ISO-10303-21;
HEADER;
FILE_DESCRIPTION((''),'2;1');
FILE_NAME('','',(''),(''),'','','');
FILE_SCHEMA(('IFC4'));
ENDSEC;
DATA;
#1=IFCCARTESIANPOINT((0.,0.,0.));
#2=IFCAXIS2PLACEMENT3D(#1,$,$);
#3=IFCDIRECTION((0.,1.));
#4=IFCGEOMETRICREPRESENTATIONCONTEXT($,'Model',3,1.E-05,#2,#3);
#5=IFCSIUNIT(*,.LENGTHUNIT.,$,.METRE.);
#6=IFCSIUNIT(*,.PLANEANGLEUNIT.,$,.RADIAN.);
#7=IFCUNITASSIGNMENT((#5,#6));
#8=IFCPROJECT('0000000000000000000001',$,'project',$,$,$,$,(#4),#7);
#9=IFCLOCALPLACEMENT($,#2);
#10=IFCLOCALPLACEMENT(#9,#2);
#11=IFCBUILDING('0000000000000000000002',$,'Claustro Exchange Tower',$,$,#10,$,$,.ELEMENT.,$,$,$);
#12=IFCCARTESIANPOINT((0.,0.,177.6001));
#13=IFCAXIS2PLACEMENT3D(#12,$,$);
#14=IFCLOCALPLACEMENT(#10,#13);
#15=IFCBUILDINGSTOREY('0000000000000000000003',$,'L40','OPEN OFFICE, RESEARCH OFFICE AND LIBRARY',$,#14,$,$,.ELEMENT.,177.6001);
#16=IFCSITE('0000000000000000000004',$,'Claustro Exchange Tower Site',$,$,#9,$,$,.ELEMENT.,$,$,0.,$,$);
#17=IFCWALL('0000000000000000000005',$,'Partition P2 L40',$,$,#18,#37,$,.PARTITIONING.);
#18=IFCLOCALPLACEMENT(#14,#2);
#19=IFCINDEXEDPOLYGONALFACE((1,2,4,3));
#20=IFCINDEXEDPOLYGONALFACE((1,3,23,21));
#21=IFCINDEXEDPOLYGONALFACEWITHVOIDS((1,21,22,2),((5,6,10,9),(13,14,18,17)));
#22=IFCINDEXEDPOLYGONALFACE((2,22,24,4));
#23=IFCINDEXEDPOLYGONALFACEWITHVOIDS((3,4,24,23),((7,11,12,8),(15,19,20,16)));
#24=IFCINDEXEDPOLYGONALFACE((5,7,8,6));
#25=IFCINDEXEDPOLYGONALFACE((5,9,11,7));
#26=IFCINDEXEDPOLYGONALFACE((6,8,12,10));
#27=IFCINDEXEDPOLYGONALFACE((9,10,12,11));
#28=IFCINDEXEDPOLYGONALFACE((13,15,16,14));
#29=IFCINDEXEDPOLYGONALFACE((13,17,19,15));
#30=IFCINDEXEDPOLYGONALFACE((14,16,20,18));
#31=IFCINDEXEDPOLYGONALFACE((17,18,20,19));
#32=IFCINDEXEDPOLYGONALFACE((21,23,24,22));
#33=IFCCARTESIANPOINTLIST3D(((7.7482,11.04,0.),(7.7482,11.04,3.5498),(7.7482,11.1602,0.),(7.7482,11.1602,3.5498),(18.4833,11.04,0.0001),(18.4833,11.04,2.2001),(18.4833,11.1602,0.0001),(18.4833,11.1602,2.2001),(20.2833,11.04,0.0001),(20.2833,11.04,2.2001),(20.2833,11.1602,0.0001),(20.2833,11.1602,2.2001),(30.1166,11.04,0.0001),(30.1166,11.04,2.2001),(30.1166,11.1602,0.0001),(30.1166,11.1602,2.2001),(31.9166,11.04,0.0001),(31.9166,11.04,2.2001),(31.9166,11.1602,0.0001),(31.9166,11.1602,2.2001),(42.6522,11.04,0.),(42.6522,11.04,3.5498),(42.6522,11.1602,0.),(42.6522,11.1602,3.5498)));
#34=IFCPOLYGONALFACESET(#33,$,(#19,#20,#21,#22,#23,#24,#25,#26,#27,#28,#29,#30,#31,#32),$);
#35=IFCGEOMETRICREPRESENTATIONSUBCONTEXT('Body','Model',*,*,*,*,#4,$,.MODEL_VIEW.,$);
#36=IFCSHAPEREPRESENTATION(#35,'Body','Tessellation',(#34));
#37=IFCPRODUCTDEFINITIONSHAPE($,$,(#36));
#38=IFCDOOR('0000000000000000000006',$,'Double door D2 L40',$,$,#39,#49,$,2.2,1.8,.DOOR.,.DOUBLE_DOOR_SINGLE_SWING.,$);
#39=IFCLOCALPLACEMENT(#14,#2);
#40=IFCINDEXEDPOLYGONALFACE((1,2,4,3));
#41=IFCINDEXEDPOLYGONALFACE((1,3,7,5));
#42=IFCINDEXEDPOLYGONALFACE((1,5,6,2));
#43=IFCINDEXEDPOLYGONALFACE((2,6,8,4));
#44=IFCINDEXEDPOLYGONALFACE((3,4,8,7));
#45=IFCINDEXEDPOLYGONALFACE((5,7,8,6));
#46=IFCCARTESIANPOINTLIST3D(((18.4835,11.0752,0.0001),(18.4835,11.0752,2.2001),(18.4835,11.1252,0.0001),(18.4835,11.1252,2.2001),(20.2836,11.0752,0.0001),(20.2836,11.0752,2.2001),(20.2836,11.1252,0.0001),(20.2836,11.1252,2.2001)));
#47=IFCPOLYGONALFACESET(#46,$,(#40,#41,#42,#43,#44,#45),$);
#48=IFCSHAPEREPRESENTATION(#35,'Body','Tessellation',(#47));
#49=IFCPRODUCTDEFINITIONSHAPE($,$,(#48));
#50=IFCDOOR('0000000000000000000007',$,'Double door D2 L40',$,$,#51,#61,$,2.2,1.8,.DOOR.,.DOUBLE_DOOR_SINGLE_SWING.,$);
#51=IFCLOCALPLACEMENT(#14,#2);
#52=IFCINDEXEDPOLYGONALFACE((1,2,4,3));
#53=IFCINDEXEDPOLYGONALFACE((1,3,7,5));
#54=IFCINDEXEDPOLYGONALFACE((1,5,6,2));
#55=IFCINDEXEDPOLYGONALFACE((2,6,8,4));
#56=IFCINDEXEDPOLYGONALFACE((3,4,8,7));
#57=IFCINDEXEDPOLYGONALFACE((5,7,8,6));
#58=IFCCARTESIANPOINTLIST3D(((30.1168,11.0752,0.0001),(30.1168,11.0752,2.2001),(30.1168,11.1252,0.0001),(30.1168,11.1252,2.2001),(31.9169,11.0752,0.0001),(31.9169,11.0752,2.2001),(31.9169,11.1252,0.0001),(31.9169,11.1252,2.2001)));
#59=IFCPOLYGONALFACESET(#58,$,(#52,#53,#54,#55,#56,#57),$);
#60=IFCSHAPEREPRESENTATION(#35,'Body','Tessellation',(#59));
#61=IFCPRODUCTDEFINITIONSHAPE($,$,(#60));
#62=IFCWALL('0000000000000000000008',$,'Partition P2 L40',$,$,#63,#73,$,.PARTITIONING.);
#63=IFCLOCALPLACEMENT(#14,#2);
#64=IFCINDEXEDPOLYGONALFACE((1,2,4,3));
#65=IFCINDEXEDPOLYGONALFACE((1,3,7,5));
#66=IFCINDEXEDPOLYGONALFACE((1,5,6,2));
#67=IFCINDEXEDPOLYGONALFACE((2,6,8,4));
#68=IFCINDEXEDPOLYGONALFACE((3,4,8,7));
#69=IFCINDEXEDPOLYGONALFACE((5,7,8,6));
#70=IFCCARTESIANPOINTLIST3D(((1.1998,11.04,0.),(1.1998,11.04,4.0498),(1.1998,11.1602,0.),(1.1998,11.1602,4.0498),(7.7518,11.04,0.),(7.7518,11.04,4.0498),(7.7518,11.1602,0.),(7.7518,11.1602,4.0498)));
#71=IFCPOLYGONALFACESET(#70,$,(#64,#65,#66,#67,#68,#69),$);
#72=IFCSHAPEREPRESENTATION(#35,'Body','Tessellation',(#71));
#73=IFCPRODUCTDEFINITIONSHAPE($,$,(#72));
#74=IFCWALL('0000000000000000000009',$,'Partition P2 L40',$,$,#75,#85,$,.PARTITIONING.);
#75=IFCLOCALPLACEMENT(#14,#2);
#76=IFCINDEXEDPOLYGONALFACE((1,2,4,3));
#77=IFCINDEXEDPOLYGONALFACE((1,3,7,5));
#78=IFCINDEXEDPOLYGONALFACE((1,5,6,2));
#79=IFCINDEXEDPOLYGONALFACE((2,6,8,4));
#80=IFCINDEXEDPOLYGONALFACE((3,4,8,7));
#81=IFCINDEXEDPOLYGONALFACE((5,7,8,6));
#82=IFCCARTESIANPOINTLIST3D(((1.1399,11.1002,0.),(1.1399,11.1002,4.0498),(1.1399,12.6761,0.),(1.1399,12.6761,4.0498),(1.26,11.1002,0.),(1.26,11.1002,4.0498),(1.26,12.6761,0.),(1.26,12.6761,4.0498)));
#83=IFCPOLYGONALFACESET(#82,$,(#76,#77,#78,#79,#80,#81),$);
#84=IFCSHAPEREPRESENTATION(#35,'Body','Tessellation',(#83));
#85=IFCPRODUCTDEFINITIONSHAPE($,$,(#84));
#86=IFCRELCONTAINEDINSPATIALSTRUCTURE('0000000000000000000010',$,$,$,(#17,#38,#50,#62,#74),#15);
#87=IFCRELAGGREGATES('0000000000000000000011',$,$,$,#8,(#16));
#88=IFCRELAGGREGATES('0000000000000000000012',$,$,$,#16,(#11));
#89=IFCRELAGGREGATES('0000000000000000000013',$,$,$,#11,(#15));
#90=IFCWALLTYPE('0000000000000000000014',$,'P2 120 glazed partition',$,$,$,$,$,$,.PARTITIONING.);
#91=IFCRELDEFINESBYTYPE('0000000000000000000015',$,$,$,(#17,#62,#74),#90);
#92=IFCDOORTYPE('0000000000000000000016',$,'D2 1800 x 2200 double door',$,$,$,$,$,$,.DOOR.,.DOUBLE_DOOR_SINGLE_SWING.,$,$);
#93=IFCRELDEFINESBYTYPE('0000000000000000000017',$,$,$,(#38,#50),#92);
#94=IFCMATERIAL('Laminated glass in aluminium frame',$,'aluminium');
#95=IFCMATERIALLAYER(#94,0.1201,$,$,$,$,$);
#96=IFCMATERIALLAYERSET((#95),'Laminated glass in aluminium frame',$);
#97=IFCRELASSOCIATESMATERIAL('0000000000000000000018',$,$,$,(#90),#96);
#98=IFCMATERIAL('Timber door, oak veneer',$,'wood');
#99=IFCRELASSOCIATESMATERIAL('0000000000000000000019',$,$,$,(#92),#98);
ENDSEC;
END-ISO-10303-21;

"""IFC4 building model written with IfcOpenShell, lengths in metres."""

from ifc_helpers import new_model, si_unit, direction, frame, frame_2d, origin, place, context, subcontext, project, spatial, rectangle, extrude, material, layer, layer_set, type_object, element, fill, save


model = new_model("IFC4")

# Units and contexts
model_context = context("Model", 3, precision=1e-05, world=origin(), true_north=direction((0.0, 1.0)))
body_context = subcontext(model_context, "Body", "Model", "MODEL_VIEW")
ifc_project = project(units=[si_unit("LENGTHUNIT", "METRE"), si_unit("PLANEANGLEUNIT", "RADIAN")], contexts=[model_context])

# Site, building, storey
site_placement = place(None, origin())
site = spatial("IfcSite", under=ifc_project, at=site_placement, Name="Claustro Exchange Tower Site", CompositionType="ELEMENT", RefElevation=0.0)
building_placement = place(site_placement, origin())
building = spatial("IfcBuilding", under=site, at=building_placement, Name="Claustro Exchange Tower", CompositionType="ELEMENT")
storey_placement = place(building_placement, frame((0.0, 0.0, 177.6001)))
storey = spatial("IfcBuildingStorey", under=building, at=storey_placement, Name="L40", Description="OPEN OFFICE, RESEARCH OFFICE AND LIBRARY", CompositionType="ELEMENT", Elevation=177.6001)

# Wall, openings, doors
ifc_material_1 = material(Name="Laminated glass in aluminium frame", Category="aluminium")
ifc_layer_1 = layer(ifc_material_1, 0.1201)
ifc_layer_set_1 = layer_set([ifc_layer_1], Name="Laminated glass in aluminium frame")
wall_type_1 = type_object("IfcWallType", Name="P2 120 glazed partition", PredefinedType="PARTITIONING", material=ifc_layer_set_1)
wall_1_placement = place(storey_placement, frame((7.748, 11.1001, 0.0), z_axis=(0.0, 0.0, 1.0), x_axis=(1.0, 0.0, 0.0)))
wall_1 = element("IfcWall", 1, at=wall_1_placement, inside=storey, type_object=wall_type_1, Name="Partition P2 L40", PredefinedType="PARTITIONING", context=body_context, shape_type="SweptSolid", body=[
    extrude(rectangle(XDim=34.9041, YDim=0.1201, at=frame_2d((17.4521, 0.0))), origin(), (0.0, 0.0, 1.0), 3.5498),
])
opening_1_placement = place(wall_1_placement, frame((10.7354, 0.0, 0.0)))
opening_1 = element("IfcOpeningElement", 2, at=opening_1_placement, cuts=wall_1, PredefinedType="OPENING", context=body_context, shape_type="SweptSolid", body=[
    extrude(rectangle(XDim=1.8, YDim=2.2, at=frame_2d((0.8999, 1.1001))), frame((0.0, 0.0701, 0.0), z_axis=(0.0, -1.0, 0.0), x_axis=(1.0, 0.0, 0.0)), (0.0, 0.0, 1.0), 0.1401),
])
opening_2_placement = place(wall_1_placement, frame((22.3687, 0.0, 0.0)))
opening_2 = element("IfcOpeningElement", 3, at=opening_2_placement, cuts=wall_1, PredefinedType="OPENING", context=body_context, shape_type="SweptSolid", body=[
    extrude(rectangle(XDim=1.8, YDim=2.2, at=frame_2d((0.8999, 1.1001))), frame((0.0, 0.0701, 0.0), z_axis=(0.0, -1.0, 0.0), x_axis=(1.0, 0.0, 0.0)), (0.0, 0.0, 1.0), 0.1401),
])
ifc_material_2 = material(Name="Timber door, oak veneer", Category="wood")
door_type_1 = type_object("IfcDoorType", Name="D2 1800 x 2200 double door", OperationType="DOUBLE_DOOR_SINGLE_SWING", PredefinedType="DOOR", material=ifc_material_2)
door_1_placement = place(opening_1_placement, frame((1.8, 0.0, 0.0), z_axis=(0.0, 0.0, 1.0), x_axis=(-1.0, 0.0, 0.0)))
door_1 = element("IfcDoor", 4, at=door_1_placement, inside=storey, type_object=door_type_1, Name="Double door D2 L40", OperationType="DOUBLE_DOOR_SINGLE_SWING", OverallHeight=2.2, OverallWidth=1.8, PredefinedType="DOOR", context=body_context, shape_type="SweptSolid", body=[
    extrude(rectangle(XDim=1.8, YDim=2.2, at=frame_2d((0.8999, 1.1001))), frame((0.0, 0.0249, 0.0), z_axis=(0.0, -1.0, 0.0), x_axis=(1.0, 0.0, 0.0)), (0.0, 0.0, 1.0), 0.05),
])
fill(opening_1, door_1)
door_2_placement = place(opening_2_placement, frame((1.8, 0.0, 0.0), z_axis=(0.0, 0.0, 1.0), x_axis=(-1.0, 0.0, 0.0)))
door_2 = element("IfcDoor", 5, at=door_2_placement, inside=storey, type_object=door_type_1, Name="Double door D2 L40", OperationType="DOUBLE_DOOR_SINGLE_SWING", OverallHeight=2.2, OverallWidth=1.8, PredefinedType="DOOR", context=body_context, shape_type="SweptSolid", body=[
    extrude(rectangle(XDim=1.8, YDim=2.2, at=frame_2d((0.8999, 1.1001))), frame((0.0, 0.0249, 0.0), z_axis=(0.0, -1.0, 0.0), x_axis=(1.0, 0.0, 0.0)), (0.0, 0.0, 1.0), 0.05),
])
fill(opening_2, door_2)

# Walls
wall_2_placement = place(storey_placement, frame((1.2, 11.1001, 0.0), z_axis=(0.0, 0.0, 1.0), x_axis=(1.0, 0.0, 0.0)))
element("IfcWall", 6, at=wall_2_placement, inside=storey, type_object=wall_type_1, Name="Partition P2 L40", PredefinedType="PARTITIONING", context=body_context, shape_type="SweptSolid", body=[
    extrude(rectangle(XDim=6.552, YDim=0.1201, at=frame_2d((3.2759, 0.0))), origin(), (0.0, 0.0, 1.0), 4.0498),
])
wall_3_placement = place(storey_placement, frame((1.2, 11.1001, 0.0), z_axis=(0.0, 0.0, 1.0), x_axis=(0.0, 1.0, 0.0)))
element("IfcWall", 7, at=wall_3_placement, inside=storey, type_object=wall_type_1, Name="Partition P2 L40", PredefinedType="PARTITIONING", context=body_context, shape_type="SweptSolid", body=[
    extrude(rectangle(XDim=1.5759, YDim=0.1201, at=frame_2d((0.7881, 0.0))), origin(), (0.0, 0.0, 1.0), 4.0498),
])

save(model, "model.ifc")
